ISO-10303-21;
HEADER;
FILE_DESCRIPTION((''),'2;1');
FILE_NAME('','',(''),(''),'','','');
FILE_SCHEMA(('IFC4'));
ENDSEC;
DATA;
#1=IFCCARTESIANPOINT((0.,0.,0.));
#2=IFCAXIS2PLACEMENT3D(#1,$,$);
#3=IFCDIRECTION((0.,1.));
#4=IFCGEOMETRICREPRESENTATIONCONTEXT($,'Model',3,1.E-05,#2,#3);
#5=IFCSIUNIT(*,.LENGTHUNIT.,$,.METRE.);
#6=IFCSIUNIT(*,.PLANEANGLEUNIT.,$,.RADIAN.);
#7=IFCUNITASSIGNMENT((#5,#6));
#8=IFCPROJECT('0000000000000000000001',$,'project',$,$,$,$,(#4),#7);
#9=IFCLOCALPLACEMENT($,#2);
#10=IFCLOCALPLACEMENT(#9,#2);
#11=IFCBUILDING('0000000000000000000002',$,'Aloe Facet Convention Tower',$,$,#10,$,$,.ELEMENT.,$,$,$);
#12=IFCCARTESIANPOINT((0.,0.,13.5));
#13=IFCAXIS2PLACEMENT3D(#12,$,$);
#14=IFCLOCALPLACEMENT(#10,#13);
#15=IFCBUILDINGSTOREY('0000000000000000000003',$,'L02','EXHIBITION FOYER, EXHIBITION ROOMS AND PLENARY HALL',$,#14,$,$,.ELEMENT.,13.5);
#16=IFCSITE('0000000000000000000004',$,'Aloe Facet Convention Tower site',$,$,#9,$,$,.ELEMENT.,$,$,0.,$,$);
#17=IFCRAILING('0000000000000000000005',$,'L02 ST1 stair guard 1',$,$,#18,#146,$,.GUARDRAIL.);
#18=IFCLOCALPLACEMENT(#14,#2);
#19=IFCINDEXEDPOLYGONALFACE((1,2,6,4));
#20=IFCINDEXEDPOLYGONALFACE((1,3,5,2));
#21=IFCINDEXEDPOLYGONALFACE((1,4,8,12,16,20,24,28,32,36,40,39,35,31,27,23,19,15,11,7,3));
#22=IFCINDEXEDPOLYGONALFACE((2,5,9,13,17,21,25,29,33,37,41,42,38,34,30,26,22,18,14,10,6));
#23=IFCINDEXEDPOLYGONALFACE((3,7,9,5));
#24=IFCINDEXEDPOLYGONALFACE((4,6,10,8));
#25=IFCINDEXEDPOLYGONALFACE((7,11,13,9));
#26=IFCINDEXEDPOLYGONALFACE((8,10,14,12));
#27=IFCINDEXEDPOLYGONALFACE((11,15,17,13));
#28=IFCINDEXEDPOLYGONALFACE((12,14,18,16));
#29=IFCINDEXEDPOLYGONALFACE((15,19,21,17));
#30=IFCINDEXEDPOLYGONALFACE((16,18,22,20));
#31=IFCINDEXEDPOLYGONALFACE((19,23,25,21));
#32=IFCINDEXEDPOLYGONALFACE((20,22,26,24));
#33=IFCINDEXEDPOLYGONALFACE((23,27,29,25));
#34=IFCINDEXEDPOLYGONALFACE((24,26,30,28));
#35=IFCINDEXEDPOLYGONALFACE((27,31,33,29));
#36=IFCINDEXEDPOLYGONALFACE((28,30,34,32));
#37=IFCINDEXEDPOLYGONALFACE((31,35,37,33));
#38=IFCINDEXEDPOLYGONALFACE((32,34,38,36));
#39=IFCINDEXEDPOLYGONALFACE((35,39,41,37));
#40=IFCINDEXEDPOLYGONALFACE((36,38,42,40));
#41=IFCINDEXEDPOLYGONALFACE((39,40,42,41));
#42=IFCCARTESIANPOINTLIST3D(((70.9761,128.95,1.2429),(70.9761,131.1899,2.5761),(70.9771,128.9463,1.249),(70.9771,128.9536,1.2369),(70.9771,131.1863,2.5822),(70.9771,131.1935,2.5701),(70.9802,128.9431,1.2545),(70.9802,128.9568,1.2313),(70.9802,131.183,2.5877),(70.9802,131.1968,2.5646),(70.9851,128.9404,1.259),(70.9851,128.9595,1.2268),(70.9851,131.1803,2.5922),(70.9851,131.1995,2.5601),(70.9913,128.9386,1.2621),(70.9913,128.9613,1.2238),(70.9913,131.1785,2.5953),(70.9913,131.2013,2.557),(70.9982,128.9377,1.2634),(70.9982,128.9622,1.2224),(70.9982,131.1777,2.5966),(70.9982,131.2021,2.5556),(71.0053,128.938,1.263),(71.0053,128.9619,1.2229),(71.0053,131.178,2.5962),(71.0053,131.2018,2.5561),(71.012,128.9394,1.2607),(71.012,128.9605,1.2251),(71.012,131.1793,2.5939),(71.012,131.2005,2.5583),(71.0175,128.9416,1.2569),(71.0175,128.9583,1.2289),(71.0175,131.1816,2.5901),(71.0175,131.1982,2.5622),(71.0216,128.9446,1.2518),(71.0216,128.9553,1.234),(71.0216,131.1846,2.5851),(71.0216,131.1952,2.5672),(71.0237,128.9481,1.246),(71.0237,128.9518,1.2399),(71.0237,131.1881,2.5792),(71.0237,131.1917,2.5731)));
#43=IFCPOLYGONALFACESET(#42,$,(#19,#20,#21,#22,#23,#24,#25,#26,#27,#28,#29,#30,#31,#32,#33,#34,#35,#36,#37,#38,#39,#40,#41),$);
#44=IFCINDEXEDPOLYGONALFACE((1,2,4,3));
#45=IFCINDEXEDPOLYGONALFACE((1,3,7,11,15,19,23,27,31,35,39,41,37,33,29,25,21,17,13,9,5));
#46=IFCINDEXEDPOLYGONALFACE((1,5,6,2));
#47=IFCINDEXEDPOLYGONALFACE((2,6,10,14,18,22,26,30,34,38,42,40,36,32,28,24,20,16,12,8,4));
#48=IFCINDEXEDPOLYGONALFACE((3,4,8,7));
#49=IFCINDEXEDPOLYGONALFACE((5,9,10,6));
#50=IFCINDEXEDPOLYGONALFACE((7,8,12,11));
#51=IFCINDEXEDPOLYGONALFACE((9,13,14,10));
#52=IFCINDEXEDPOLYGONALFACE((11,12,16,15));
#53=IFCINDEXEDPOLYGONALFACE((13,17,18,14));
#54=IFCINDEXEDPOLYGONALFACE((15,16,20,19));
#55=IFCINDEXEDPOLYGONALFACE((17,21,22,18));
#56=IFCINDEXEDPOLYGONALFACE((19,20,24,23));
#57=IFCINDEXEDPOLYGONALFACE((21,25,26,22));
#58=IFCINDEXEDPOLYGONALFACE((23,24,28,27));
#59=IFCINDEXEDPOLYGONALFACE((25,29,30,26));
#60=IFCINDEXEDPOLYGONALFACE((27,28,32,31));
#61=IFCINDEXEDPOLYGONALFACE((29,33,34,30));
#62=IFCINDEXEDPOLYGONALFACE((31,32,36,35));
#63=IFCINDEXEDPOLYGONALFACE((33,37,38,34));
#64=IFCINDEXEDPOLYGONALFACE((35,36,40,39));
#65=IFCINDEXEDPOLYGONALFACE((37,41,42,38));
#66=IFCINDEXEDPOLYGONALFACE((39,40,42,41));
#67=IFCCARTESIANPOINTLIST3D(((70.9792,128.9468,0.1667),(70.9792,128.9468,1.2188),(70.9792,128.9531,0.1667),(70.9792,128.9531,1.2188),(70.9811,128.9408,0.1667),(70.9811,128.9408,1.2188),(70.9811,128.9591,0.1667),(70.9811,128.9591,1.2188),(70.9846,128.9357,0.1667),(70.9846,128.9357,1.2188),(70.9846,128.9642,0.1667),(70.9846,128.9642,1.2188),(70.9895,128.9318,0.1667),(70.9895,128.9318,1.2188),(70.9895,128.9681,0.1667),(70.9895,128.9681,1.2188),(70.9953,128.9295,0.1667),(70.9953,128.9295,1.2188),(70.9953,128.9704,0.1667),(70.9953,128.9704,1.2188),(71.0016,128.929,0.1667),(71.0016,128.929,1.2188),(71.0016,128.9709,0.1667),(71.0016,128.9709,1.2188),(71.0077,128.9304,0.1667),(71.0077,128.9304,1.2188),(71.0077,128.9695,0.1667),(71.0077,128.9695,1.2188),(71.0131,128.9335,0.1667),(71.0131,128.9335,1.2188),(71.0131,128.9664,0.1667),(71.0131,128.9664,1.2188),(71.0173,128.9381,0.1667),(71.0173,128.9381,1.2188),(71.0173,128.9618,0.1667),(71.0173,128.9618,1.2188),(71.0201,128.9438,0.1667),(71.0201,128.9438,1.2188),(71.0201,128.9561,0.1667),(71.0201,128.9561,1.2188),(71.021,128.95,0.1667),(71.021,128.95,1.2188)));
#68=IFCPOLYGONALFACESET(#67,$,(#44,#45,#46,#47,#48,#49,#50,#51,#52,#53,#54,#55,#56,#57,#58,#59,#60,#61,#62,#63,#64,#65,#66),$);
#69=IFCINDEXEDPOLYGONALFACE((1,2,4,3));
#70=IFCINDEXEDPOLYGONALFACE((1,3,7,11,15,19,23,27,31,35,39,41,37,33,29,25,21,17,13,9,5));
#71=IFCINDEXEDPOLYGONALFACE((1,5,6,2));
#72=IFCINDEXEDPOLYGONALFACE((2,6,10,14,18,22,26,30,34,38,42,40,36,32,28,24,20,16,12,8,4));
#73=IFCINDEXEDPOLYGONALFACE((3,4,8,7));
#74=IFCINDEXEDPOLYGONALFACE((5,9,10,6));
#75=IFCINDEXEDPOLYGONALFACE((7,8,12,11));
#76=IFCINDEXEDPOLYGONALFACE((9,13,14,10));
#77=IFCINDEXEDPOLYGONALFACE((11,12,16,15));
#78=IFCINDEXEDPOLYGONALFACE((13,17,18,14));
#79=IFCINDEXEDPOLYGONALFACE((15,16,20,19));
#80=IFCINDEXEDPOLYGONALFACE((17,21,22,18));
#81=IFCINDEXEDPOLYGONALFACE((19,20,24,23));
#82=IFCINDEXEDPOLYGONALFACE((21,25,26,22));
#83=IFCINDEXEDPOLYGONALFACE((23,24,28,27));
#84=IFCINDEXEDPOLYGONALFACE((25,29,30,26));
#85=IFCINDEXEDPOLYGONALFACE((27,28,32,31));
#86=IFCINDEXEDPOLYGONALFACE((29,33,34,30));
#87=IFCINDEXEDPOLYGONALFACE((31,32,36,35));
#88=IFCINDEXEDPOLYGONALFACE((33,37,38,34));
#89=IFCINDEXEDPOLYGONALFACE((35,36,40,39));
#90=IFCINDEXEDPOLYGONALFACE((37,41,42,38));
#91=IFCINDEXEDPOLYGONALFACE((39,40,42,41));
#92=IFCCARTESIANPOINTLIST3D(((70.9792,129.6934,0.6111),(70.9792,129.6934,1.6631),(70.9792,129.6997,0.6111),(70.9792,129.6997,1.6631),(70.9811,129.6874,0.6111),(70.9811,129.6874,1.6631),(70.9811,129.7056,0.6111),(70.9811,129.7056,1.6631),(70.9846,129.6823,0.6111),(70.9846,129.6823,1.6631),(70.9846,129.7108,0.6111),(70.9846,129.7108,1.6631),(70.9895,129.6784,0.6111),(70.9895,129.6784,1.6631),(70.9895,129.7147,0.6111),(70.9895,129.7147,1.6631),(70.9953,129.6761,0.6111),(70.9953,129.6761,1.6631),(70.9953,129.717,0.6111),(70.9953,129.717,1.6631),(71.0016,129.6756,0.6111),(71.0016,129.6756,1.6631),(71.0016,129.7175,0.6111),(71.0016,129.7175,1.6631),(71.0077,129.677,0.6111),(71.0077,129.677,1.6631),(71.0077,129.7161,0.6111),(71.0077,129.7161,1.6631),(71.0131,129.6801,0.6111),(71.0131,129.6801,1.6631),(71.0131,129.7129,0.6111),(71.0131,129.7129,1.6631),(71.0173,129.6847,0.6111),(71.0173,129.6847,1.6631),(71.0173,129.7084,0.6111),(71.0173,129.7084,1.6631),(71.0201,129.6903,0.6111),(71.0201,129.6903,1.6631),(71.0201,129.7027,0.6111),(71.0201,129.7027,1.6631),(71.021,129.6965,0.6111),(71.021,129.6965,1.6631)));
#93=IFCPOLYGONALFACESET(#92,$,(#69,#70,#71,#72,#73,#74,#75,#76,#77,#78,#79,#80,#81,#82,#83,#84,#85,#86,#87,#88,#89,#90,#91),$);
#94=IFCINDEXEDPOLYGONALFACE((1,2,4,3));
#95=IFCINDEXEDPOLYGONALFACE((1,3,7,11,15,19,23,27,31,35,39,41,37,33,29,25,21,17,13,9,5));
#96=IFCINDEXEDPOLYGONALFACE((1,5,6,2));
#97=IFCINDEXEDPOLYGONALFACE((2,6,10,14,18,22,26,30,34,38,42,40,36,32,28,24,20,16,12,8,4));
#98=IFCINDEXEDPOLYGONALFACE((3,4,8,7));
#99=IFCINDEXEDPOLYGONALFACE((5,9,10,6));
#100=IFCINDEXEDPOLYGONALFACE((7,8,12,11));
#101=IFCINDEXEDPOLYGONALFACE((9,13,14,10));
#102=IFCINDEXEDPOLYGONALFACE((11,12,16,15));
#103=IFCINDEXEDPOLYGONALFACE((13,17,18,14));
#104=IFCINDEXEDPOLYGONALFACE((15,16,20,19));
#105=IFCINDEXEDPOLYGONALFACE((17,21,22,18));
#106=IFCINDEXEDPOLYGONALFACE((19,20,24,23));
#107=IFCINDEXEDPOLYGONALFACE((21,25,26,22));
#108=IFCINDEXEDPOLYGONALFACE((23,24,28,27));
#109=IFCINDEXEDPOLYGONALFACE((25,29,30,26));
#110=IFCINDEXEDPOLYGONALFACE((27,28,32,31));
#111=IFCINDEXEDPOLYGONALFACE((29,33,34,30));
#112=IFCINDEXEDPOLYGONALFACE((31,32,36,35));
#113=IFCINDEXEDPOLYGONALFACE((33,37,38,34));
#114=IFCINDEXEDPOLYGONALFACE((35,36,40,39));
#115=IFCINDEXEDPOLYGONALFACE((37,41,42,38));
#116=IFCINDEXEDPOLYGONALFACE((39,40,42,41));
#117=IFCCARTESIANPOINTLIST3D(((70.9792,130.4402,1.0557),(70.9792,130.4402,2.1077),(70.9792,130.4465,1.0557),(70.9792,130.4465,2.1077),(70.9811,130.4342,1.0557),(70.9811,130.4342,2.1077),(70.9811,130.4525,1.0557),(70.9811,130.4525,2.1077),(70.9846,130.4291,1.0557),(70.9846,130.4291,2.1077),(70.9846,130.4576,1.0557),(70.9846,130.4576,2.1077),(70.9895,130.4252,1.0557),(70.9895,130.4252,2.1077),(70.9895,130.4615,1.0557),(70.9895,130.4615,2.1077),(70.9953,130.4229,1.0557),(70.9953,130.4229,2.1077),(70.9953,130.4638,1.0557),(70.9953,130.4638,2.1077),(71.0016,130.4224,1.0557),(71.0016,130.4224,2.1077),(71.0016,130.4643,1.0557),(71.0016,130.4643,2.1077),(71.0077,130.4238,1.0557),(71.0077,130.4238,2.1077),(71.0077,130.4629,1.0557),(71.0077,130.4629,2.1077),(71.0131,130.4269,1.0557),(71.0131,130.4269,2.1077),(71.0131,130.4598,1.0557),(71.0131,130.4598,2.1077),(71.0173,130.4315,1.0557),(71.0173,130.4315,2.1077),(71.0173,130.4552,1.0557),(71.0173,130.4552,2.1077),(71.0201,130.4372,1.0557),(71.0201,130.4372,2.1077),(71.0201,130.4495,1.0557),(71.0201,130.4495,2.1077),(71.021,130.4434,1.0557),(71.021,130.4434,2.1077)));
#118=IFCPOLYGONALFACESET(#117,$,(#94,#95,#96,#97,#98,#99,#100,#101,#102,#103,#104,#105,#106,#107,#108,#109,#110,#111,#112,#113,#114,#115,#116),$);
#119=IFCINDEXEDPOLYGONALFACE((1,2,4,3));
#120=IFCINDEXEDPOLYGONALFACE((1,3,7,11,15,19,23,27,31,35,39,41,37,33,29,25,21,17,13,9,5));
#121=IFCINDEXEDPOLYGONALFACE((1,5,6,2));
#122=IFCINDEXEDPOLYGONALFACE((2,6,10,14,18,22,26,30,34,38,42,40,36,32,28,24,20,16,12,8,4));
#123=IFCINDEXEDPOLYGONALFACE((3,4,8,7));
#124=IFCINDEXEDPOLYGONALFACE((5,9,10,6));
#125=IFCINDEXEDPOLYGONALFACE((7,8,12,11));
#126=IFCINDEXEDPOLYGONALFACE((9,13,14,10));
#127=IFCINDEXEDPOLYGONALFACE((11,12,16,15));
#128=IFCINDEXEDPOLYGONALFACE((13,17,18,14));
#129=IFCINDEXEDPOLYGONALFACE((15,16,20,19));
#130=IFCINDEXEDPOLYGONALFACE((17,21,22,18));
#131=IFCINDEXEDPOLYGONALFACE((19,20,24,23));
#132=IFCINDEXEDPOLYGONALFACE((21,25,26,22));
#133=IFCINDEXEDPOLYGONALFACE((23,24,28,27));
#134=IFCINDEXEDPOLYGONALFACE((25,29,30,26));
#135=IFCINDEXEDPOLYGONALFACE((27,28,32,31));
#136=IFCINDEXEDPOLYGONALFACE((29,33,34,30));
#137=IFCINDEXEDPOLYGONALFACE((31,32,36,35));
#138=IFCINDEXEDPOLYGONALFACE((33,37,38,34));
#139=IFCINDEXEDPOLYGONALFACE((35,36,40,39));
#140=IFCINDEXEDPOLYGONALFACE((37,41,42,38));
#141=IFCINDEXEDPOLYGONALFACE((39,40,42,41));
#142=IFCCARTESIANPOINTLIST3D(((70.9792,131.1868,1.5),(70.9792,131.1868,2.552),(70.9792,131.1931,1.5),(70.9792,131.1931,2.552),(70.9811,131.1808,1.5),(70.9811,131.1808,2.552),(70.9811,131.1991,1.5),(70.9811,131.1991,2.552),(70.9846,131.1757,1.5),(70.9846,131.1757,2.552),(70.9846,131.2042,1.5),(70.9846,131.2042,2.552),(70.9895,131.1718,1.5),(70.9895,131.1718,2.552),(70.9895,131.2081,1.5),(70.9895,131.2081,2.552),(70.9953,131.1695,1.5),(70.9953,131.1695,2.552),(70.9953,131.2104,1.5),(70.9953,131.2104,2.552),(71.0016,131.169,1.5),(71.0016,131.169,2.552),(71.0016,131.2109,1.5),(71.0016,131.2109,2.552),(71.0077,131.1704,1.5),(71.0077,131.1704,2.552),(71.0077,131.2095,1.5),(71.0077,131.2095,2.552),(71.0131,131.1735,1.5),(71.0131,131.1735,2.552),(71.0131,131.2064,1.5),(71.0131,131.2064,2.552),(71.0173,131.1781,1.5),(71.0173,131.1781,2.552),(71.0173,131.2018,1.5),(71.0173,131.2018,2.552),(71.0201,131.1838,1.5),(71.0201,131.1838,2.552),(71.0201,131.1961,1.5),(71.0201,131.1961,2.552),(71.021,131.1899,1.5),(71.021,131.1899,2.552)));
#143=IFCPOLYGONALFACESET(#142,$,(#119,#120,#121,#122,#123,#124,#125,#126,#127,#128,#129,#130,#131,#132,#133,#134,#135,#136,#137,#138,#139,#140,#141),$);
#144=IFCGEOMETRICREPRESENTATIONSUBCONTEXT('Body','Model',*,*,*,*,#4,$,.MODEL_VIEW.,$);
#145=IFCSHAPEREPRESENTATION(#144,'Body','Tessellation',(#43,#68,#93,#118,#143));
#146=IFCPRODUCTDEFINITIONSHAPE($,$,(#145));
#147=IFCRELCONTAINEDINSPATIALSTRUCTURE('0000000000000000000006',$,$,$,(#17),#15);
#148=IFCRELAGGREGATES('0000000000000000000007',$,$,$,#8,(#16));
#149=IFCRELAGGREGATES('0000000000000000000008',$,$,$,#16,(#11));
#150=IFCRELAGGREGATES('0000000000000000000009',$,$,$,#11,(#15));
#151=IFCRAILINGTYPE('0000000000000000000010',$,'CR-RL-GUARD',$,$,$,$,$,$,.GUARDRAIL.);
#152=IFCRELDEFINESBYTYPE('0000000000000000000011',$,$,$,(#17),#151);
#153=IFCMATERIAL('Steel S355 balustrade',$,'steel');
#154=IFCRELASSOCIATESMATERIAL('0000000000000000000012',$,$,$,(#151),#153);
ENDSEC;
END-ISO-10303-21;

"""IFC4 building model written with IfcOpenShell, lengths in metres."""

from ifc_helpers import new_model, si_unit, direction, frame, origin, origin_2d, place, context, subcontext, project, spatial, circle, extrude, material, type_object, element, save


model = new_model("IFC4")

# Units and contexts
model_context = context("Model", 3, precision=1e-05, world=origin(), true_north=direction((0.0, 1.0)))
body_context = subcontext(model_context, "Body", "Model", "MODEL_VIEW")
ifc_project = project(units=[si_unit("LENGTHUNIT", "METRE"), si_unit("PLANEANGLEUNIT", "RADIAN")], contexts=[model_context])

# Site, building, storey
site_placement = place(None, origin())
site = spatial("IfcSite", under=ifc_project, at=site_placement, Name="Aloe Facet Convention Tower site", CompositionType="ELEMENT", RefElevation=0.0)
building_placement = place(site_placement, origin())
building = spatial("IfcBuilding", under=site, at=building_placement, Name="Aloe Facet Convention Tower", CompositionType="ELEMENT")
storey_placement = place(building_placement, frame((0.0, 0.0, 13.5)))
storey = spatial("IfcBuildingStorey", under=building, at=storey_placement, Name="L02", Description="EXHIBITION FOYER, EXHIBITION ROOMS AND PLENARY HALL", CompositionType="ELEMENT", Elevation=13.5)

# Railing
ifc_material_1 = material(Name="Steel S355 balustrade", Category="steel")
railing_type_1 = type_object("IfcRailingType", Name="CR-RL-GUARD", PredefinedType="GUARDRAIL", material=ifc_material_1)
for number, where, name in (
    (1, (71.0, 128.95, 0.1667), "L02 ST1 stair guard 1"),
):
    element("IfcRailing", number, at=place(storey_placement, frame(where)), inside=storey, type_object=railing_type_1, Name=name, PredefinedType="GUARDRAIL", context=body_context, shape_type="SweptSolid", body=[
        extrude(circle(Radius=0.0239, at=origin_2d()), frame((0.0, 0.0, 1.0762), z_axis=(0.0, 0.859306, 0.511462), x_axis=(-1.0, 0.0, 0.0)), (0.0, 0.0, 1.0), 2.6067),
        extrude(circle(Radius=0.021, at=origin_2d()), origin(), (0.0, 0.0, 1.0), 1.052),
        extrude(circle(Radius=0.021, at=origin_2d()), frame((0.0, 0.7466, 0.4443)), (0.0, 0.0, 1.0), 1.052),
        extrude(circle(Radius=0.021, at=origin_2d()), frame((0.0, 1.4934, 0.8889)), (0.0, 0.0, 1.0), 1.052),
        extrude(circle(Radius=0.021, at=origin_2d()), frame((0.0, 2.24, 1.3333)), (0.0, 0.0, 1.0), 1.052),
    ])

save(model, "model.ifc")
